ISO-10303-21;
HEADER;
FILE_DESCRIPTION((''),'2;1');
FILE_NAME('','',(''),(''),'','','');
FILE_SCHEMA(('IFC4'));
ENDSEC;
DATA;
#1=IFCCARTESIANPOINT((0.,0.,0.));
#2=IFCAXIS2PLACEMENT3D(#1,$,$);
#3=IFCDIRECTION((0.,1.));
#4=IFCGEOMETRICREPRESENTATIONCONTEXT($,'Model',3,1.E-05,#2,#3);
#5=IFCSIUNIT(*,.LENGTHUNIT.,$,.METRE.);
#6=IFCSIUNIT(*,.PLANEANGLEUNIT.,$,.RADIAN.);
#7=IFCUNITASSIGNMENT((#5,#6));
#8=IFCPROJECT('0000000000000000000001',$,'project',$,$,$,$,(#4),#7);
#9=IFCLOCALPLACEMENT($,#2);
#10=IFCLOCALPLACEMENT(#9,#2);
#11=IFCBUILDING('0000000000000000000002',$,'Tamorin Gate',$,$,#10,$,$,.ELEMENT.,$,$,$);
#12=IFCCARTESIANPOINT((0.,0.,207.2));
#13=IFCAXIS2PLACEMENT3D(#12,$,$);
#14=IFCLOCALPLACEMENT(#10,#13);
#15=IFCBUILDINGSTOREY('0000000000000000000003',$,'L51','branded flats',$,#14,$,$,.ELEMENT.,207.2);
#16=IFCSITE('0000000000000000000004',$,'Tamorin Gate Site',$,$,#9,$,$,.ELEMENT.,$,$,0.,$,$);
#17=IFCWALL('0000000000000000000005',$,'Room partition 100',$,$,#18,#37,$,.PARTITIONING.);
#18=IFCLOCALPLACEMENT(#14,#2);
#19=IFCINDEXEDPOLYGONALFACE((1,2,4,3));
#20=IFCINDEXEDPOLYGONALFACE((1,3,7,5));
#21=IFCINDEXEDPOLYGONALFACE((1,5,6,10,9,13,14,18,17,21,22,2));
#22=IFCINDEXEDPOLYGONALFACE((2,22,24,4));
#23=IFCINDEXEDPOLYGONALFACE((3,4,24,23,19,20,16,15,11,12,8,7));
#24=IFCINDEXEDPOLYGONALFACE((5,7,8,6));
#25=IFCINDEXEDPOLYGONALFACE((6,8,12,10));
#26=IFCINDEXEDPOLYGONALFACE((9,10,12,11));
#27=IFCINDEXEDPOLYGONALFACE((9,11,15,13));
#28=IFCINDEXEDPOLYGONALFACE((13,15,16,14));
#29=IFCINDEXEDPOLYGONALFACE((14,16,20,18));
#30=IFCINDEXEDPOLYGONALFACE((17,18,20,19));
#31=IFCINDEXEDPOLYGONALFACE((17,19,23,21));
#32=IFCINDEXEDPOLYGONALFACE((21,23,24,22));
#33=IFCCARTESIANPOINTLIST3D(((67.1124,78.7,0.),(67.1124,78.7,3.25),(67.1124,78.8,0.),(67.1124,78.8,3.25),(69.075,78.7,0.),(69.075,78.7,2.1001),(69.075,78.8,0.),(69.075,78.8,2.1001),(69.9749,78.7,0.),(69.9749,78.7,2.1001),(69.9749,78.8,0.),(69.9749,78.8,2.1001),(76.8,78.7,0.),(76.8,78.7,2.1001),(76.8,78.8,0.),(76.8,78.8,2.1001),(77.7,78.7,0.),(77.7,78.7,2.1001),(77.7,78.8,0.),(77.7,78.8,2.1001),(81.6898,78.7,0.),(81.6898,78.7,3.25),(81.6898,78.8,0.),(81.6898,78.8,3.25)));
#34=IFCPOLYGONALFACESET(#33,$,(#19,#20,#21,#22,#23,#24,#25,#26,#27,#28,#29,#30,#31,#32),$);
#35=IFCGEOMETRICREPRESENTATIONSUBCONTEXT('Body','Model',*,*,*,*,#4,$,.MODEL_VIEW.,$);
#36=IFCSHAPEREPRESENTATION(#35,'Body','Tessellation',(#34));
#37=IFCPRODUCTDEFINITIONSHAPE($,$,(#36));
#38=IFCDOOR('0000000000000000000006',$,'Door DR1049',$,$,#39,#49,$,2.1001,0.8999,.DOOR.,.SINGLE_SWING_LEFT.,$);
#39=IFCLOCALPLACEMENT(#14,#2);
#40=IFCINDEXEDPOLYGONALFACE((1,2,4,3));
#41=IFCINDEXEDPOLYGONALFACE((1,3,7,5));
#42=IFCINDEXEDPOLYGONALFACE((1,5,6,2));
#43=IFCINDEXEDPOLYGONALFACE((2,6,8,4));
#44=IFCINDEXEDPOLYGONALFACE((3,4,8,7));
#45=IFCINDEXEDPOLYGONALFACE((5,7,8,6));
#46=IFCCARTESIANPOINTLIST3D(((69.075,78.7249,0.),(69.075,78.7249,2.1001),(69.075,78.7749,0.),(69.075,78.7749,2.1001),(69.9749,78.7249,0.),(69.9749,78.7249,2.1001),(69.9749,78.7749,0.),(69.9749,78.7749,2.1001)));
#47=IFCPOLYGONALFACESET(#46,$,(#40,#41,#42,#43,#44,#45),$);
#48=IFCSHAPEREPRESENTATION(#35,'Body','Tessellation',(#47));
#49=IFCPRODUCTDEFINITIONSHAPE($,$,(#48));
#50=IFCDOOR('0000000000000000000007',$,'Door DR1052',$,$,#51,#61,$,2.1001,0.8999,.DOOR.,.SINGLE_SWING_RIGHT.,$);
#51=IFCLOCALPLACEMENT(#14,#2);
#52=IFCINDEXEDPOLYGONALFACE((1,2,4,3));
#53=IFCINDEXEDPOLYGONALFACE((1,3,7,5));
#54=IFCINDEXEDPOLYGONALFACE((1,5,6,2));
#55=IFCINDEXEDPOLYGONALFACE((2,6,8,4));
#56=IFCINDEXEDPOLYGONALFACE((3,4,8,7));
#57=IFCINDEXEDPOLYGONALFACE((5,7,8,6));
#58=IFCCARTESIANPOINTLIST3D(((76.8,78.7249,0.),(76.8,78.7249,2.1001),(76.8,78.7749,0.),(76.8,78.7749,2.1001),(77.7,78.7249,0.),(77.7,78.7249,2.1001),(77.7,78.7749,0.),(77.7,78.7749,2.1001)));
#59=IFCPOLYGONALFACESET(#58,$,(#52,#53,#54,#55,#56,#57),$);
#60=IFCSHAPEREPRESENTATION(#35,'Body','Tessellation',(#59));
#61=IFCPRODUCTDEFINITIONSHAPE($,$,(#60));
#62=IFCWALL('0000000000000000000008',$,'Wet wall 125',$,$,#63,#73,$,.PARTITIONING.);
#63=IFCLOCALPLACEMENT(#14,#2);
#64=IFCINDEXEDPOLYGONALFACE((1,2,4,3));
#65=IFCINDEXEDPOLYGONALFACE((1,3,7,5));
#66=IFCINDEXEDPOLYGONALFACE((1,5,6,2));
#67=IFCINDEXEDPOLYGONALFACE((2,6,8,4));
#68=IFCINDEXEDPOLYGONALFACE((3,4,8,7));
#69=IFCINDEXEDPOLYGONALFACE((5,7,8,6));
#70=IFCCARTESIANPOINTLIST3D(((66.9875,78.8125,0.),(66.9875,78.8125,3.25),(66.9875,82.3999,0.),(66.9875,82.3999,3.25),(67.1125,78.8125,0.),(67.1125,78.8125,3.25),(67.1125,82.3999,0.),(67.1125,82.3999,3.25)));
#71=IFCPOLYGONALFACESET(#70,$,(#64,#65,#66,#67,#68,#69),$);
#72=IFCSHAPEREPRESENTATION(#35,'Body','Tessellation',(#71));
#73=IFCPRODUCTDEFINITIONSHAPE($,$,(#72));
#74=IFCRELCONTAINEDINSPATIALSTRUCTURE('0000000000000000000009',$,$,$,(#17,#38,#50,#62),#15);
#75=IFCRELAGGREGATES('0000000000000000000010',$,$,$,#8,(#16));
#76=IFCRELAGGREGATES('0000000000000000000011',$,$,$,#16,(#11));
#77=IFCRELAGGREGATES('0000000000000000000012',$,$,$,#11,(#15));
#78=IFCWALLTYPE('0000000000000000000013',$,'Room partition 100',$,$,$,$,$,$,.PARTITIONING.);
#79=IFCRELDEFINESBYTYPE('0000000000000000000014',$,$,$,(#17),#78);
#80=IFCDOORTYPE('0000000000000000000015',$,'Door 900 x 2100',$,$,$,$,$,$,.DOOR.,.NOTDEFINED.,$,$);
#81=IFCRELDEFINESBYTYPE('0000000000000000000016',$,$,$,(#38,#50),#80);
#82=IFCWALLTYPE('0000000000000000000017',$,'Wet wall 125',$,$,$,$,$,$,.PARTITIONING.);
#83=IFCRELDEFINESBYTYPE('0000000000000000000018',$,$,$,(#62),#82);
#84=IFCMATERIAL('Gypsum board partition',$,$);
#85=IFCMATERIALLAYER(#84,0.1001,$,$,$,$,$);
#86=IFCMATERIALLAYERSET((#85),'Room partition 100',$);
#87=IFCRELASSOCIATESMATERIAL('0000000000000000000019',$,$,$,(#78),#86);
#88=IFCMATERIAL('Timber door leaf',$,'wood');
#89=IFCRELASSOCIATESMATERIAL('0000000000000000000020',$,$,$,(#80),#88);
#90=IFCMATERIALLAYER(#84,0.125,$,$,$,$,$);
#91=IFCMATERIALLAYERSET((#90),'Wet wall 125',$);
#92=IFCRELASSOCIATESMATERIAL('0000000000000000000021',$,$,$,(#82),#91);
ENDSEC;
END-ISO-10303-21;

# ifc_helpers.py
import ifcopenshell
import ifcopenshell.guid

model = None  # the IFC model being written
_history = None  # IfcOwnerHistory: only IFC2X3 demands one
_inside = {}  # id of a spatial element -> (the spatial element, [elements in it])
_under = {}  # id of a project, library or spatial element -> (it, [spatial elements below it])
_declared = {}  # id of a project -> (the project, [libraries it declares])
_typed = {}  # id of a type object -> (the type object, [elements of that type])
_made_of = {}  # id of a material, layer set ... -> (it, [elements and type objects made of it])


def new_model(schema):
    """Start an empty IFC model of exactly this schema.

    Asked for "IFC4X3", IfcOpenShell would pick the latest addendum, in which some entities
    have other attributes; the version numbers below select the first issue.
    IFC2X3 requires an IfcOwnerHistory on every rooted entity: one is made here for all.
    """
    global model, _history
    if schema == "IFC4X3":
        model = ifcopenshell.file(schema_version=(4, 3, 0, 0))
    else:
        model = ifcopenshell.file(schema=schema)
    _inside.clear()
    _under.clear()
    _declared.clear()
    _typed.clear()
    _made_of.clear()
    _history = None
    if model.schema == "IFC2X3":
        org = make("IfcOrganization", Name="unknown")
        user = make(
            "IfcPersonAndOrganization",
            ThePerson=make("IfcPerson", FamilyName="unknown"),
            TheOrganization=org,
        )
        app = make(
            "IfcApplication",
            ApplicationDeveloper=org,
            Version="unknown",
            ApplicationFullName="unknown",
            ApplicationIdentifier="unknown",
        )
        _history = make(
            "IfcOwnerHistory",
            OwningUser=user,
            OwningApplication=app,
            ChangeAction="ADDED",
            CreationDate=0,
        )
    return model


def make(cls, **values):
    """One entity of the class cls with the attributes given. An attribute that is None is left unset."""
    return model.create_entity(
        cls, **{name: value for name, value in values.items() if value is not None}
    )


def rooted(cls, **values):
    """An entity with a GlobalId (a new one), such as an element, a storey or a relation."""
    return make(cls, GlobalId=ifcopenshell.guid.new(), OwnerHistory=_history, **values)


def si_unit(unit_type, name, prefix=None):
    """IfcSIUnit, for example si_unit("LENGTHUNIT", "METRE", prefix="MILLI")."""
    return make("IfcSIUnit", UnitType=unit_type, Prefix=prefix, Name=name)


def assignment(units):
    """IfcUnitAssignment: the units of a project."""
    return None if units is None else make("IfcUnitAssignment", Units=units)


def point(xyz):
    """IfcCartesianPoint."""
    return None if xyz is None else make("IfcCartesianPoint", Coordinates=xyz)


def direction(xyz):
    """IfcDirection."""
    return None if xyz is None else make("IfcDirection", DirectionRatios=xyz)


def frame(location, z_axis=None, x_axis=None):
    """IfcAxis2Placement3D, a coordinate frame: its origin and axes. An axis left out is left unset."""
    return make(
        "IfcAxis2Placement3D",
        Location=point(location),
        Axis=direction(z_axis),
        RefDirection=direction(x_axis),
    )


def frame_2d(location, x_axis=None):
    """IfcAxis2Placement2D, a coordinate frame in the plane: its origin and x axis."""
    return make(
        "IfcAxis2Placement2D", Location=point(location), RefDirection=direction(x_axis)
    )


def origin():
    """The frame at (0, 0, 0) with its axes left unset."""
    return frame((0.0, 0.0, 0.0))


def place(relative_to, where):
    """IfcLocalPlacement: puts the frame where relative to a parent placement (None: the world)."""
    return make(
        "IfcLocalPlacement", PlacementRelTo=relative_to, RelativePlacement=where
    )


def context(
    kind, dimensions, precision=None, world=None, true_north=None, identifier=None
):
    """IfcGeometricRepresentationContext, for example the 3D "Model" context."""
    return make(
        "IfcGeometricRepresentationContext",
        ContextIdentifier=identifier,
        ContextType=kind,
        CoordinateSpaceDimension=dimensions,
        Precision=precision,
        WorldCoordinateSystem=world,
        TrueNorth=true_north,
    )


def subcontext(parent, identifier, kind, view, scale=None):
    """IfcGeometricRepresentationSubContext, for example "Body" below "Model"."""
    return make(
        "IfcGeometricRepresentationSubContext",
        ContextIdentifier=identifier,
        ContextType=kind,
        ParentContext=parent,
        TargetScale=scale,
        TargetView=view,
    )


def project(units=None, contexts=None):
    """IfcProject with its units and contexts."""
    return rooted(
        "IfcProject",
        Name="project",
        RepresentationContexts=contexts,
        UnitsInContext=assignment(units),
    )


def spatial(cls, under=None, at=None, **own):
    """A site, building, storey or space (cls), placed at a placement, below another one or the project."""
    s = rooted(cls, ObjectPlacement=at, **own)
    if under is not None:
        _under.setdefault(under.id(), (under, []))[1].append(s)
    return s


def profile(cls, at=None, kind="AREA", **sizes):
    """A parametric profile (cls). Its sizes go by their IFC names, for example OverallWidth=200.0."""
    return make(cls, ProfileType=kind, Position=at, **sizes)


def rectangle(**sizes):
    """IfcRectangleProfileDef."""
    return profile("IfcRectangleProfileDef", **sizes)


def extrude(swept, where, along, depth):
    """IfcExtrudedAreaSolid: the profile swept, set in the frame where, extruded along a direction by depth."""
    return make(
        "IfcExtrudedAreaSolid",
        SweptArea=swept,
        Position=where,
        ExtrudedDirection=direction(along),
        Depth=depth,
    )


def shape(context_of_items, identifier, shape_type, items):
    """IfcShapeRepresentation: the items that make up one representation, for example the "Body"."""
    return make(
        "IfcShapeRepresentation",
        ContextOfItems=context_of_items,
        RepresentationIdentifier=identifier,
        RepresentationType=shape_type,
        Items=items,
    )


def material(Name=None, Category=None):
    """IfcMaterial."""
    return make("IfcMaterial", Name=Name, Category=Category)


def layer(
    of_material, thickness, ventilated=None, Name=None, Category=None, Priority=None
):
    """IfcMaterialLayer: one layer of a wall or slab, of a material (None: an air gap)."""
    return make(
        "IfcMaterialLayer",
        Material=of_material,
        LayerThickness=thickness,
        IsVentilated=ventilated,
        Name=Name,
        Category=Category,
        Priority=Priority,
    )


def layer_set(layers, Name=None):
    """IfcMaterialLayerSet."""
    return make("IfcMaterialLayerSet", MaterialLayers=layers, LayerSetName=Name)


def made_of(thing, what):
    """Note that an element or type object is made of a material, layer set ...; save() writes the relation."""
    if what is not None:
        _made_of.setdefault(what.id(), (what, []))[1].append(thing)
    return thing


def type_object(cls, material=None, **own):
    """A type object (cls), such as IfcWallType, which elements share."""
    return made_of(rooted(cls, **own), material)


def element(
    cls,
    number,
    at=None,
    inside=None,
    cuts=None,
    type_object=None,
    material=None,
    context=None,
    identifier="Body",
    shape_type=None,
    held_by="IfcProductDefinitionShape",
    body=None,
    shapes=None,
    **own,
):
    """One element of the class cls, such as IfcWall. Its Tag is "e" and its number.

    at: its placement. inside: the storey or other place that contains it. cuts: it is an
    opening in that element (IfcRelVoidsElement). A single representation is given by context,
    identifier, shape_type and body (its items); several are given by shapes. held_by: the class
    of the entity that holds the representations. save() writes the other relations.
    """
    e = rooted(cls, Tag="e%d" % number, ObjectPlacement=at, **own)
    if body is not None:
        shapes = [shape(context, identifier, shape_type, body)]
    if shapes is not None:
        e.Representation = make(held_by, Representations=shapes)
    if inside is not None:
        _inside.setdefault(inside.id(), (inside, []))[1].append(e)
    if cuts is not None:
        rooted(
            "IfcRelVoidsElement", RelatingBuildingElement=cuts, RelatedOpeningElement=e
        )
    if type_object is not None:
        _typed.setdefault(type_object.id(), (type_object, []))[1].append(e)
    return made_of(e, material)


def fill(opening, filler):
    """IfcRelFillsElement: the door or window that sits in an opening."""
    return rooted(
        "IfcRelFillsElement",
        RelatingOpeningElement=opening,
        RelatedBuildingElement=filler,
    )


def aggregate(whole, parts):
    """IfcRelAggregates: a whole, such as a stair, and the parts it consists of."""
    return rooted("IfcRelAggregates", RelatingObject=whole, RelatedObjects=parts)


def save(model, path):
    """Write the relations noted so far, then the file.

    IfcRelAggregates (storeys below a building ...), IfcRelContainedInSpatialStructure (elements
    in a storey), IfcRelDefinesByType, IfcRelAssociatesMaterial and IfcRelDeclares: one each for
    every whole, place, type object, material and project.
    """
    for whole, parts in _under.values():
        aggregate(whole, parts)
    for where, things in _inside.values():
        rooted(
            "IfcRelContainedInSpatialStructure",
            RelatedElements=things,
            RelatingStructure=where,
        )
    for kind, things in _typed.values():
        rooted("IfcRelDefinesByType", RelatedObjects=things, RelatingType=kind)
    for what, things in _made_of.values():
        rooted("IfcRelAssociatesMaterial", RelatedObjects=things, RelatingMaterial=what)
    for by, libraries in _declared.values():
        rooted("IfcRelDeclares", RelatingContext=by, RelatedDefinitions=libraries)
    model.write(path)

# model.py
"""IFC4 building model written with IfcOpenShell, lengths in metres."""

from ifc_helpers import new_model, si_unit, direction, frame, frame_2d, origin, place, context, subcontext, project, spatial, rectangle, extrude, material, layer, layer_set, type_object, element, fill, save


model = new_model("IFC4")

# Units and contexts
model_context = context("Model", 3, precision=1e-05, world=origin(), true_north=direction((0.0, 1.0)))
body_context = subcontext(model_context, "Body", "Model", "MODEL_VIEW")
ifc_project = project(units=[si_unit("LENGTHUNIT", "METRE"), si_unit("PLANEANGLEUNIT", "RADIAN")], contexts=[model_context])

# Site, building, storey
site_placement = place(None, origin())
site = spatial("IfcSite", under=ifc_project, at=site_placement, Name="Tamorin Gate Site", CompositionType="ELEMENT", RefElevation=0.0)
building_placement = place(site_placement, origin())
building = spatial("IfcBuilding", under=site, at=building_placement, Name="Tamorin Gate", CompositionType="ELEMENT")
storey_placement = place(building_placement, frame((0.0, 0.0, 207.2)))
storey = spatial("IfcBuildingStorey", under=building, at=storey_placement, Name="L51", Description="branded flats", CompositionType="ELEMENT", Elevation=207.2)

# Shared definitions
ifc_material_1 = material(Name="Gypsum board partition")
ifc_layer_1 = layer(ifc_material_1, 0.1001)
ifc_layer_set_1 = layer_set([ifc_layer_1], Name="Room partition 100")
wall_type_1 = type_object("IfcWallType", Name="Room partition 100", PredefinedType="PARTITIONING", material=ifc_layer_set_1)
ifc_material_2 = material(Name="Timber door leaf", Category="wood")
door_type = type_object("IfcDoorType", Name="Door 900 x 2100", OperationType="NOTDEFINED", PredefinedType="DOOR", material=ifc_material_2)

# Wall, openings, doors
wall_1_placement = place(storey_placement, frame((67.1125, 78.75, 0.0), z_axis=(0.0, 0.0, 1.0), x_axis=(1.0, 0.0, 0.0)))
wall_1 = element("IfcWall", 1, at=wall_1_placement, inside=storey, type_object=wall_type_1, Name="Room partition 100", PredefinedType="PARTITIONING", context=body_context, shape_type="SweptSolid", body=[
    extrude(rectangle(XDim=14.5774, YDim=0.1001, at=frame_2d((7.2886, 0.0))), origin(), (0.0, 0.0, 1.0), 3.25),
])
opening_1_placement = place(wall_1_placement, frame((1.9624, 0.0, 0.0)))
opening_1 = element("IfcOpeningElement", 2, at=opening_1_placement, cuts=wall_1, PredefinedType="OPENING", context=body_context, shape_type="SweptSolid", body=[
    extrude(rectangle(XDim=0.8999, YDim=2.1001, at=frame_2d((0.45, 1.05))), frame((0.0, 0.0601, 0.0), z_axis=(0.0, -1.0, 0.0), x_axis=(1.0, 0.0, 0.0)), (0.0, 0.0, 1.0), 0.1201),
])
opening_2_placement = place(wall_1_placement, frame((9.6875, 0.0, 0.0)))
opening_2 = element("IfcOpeningElement", 3, at=opening_2_placement, cuts=wall_1, PredefinedType="OPENING", context=body_context, shape_type="SweptSolid", body=[
    extrude(rectangle(XDim=0.8999, YDim=2.1001, at=frame_2d((0.45, 1.05))), frame((0.0, 0.0601, 0.0), z_axis=(0.0, -1.0, 0.0), x_axis=(1.0, 0.0, 0.0)), (0.0, 0.0, 1.0), 0.1201),
])
door_1_placement = place(opening_1_placement, origin())
door_1 = element("IfcDoor", 4, at=door_1_placement, inside=storey, type_object=door_type, Name="Door DR1049", OperationType="SINGLE_SWING_LEFT", OverallHeight=2.1001, OverallWidth=0.8999, PredefinedType="DOOR", context=body_context, shape_type="SweptSolid", body=[
    extrude(rectangle(XDim=0.8999, YDim=2.1001, at=frame_2d((0.45, 1.05))), frame((0.0, 0.0249, 0.0), z_axis=(0.0, -1.0, 0.0), x_axis=(1.0, 0.0, 0.0)), (0.0, 0.0, 1.0), 0.05),
])
fill(opening_1, door_1)
door_2_placement = place(opening_2_placement, origin())
door_2 = element("IfcDoor", 5, at=door_2_placement, inside=storey, type_object=door_type, Name="Door DR1052", OperationType="SINGLE_SWING_RIGHT", OverallHeight=2.1001, OverallWidth=0.8999, PredefinedType="DOOR", context=body_context, shape_type="SweptSolid", body=[
    extrude(rectangle(XDim=0.8999, YDim=2.1001, at=frame_2d((0.45, 1.05))), frame((0.0, 0.0249, 0.0), z_axis=(0.0, -1.0, 0.0), x_axis=(1.0, 0.0, 0.0)), (0.0, 0.0, 1.0), 0.05),
])
fill(opening_2, door_2)

# Wall
ifc_layer_2 = layer(ifc_material_1, 0.125)
ifc_layer_set_2 = layer_set([ifc_layer_2], Name="Wet wall 125")
wall_type_2 = type_object("IfcWallType", Name="Wet wall 125", PredefinedType="PARTITIONING", material=ifc_layer_set_2)
wall_2_placement = place(storey_placement, frame((67.05, 78.8125, 0.0), z_axis=(0.0, 0.0, 1.0), x_axis=(0.0, 1.0, 0.0)))
element("IfcWall", 6, at=wall_2_placement, inside=storey, type_object=wall_type_2, Name="Wet wall 125", PredefinedType="PARTITIONING", context=body_context, shape_type="SweptSolid", body=[
    extrude(rectangle(XDim=3.5874, YDim=0.125, at=frame_2d((1.7937, 0.0))), origin(), (0.0, 0.0, 1.0), 3.25),
])

save(model, "model.ifc")
